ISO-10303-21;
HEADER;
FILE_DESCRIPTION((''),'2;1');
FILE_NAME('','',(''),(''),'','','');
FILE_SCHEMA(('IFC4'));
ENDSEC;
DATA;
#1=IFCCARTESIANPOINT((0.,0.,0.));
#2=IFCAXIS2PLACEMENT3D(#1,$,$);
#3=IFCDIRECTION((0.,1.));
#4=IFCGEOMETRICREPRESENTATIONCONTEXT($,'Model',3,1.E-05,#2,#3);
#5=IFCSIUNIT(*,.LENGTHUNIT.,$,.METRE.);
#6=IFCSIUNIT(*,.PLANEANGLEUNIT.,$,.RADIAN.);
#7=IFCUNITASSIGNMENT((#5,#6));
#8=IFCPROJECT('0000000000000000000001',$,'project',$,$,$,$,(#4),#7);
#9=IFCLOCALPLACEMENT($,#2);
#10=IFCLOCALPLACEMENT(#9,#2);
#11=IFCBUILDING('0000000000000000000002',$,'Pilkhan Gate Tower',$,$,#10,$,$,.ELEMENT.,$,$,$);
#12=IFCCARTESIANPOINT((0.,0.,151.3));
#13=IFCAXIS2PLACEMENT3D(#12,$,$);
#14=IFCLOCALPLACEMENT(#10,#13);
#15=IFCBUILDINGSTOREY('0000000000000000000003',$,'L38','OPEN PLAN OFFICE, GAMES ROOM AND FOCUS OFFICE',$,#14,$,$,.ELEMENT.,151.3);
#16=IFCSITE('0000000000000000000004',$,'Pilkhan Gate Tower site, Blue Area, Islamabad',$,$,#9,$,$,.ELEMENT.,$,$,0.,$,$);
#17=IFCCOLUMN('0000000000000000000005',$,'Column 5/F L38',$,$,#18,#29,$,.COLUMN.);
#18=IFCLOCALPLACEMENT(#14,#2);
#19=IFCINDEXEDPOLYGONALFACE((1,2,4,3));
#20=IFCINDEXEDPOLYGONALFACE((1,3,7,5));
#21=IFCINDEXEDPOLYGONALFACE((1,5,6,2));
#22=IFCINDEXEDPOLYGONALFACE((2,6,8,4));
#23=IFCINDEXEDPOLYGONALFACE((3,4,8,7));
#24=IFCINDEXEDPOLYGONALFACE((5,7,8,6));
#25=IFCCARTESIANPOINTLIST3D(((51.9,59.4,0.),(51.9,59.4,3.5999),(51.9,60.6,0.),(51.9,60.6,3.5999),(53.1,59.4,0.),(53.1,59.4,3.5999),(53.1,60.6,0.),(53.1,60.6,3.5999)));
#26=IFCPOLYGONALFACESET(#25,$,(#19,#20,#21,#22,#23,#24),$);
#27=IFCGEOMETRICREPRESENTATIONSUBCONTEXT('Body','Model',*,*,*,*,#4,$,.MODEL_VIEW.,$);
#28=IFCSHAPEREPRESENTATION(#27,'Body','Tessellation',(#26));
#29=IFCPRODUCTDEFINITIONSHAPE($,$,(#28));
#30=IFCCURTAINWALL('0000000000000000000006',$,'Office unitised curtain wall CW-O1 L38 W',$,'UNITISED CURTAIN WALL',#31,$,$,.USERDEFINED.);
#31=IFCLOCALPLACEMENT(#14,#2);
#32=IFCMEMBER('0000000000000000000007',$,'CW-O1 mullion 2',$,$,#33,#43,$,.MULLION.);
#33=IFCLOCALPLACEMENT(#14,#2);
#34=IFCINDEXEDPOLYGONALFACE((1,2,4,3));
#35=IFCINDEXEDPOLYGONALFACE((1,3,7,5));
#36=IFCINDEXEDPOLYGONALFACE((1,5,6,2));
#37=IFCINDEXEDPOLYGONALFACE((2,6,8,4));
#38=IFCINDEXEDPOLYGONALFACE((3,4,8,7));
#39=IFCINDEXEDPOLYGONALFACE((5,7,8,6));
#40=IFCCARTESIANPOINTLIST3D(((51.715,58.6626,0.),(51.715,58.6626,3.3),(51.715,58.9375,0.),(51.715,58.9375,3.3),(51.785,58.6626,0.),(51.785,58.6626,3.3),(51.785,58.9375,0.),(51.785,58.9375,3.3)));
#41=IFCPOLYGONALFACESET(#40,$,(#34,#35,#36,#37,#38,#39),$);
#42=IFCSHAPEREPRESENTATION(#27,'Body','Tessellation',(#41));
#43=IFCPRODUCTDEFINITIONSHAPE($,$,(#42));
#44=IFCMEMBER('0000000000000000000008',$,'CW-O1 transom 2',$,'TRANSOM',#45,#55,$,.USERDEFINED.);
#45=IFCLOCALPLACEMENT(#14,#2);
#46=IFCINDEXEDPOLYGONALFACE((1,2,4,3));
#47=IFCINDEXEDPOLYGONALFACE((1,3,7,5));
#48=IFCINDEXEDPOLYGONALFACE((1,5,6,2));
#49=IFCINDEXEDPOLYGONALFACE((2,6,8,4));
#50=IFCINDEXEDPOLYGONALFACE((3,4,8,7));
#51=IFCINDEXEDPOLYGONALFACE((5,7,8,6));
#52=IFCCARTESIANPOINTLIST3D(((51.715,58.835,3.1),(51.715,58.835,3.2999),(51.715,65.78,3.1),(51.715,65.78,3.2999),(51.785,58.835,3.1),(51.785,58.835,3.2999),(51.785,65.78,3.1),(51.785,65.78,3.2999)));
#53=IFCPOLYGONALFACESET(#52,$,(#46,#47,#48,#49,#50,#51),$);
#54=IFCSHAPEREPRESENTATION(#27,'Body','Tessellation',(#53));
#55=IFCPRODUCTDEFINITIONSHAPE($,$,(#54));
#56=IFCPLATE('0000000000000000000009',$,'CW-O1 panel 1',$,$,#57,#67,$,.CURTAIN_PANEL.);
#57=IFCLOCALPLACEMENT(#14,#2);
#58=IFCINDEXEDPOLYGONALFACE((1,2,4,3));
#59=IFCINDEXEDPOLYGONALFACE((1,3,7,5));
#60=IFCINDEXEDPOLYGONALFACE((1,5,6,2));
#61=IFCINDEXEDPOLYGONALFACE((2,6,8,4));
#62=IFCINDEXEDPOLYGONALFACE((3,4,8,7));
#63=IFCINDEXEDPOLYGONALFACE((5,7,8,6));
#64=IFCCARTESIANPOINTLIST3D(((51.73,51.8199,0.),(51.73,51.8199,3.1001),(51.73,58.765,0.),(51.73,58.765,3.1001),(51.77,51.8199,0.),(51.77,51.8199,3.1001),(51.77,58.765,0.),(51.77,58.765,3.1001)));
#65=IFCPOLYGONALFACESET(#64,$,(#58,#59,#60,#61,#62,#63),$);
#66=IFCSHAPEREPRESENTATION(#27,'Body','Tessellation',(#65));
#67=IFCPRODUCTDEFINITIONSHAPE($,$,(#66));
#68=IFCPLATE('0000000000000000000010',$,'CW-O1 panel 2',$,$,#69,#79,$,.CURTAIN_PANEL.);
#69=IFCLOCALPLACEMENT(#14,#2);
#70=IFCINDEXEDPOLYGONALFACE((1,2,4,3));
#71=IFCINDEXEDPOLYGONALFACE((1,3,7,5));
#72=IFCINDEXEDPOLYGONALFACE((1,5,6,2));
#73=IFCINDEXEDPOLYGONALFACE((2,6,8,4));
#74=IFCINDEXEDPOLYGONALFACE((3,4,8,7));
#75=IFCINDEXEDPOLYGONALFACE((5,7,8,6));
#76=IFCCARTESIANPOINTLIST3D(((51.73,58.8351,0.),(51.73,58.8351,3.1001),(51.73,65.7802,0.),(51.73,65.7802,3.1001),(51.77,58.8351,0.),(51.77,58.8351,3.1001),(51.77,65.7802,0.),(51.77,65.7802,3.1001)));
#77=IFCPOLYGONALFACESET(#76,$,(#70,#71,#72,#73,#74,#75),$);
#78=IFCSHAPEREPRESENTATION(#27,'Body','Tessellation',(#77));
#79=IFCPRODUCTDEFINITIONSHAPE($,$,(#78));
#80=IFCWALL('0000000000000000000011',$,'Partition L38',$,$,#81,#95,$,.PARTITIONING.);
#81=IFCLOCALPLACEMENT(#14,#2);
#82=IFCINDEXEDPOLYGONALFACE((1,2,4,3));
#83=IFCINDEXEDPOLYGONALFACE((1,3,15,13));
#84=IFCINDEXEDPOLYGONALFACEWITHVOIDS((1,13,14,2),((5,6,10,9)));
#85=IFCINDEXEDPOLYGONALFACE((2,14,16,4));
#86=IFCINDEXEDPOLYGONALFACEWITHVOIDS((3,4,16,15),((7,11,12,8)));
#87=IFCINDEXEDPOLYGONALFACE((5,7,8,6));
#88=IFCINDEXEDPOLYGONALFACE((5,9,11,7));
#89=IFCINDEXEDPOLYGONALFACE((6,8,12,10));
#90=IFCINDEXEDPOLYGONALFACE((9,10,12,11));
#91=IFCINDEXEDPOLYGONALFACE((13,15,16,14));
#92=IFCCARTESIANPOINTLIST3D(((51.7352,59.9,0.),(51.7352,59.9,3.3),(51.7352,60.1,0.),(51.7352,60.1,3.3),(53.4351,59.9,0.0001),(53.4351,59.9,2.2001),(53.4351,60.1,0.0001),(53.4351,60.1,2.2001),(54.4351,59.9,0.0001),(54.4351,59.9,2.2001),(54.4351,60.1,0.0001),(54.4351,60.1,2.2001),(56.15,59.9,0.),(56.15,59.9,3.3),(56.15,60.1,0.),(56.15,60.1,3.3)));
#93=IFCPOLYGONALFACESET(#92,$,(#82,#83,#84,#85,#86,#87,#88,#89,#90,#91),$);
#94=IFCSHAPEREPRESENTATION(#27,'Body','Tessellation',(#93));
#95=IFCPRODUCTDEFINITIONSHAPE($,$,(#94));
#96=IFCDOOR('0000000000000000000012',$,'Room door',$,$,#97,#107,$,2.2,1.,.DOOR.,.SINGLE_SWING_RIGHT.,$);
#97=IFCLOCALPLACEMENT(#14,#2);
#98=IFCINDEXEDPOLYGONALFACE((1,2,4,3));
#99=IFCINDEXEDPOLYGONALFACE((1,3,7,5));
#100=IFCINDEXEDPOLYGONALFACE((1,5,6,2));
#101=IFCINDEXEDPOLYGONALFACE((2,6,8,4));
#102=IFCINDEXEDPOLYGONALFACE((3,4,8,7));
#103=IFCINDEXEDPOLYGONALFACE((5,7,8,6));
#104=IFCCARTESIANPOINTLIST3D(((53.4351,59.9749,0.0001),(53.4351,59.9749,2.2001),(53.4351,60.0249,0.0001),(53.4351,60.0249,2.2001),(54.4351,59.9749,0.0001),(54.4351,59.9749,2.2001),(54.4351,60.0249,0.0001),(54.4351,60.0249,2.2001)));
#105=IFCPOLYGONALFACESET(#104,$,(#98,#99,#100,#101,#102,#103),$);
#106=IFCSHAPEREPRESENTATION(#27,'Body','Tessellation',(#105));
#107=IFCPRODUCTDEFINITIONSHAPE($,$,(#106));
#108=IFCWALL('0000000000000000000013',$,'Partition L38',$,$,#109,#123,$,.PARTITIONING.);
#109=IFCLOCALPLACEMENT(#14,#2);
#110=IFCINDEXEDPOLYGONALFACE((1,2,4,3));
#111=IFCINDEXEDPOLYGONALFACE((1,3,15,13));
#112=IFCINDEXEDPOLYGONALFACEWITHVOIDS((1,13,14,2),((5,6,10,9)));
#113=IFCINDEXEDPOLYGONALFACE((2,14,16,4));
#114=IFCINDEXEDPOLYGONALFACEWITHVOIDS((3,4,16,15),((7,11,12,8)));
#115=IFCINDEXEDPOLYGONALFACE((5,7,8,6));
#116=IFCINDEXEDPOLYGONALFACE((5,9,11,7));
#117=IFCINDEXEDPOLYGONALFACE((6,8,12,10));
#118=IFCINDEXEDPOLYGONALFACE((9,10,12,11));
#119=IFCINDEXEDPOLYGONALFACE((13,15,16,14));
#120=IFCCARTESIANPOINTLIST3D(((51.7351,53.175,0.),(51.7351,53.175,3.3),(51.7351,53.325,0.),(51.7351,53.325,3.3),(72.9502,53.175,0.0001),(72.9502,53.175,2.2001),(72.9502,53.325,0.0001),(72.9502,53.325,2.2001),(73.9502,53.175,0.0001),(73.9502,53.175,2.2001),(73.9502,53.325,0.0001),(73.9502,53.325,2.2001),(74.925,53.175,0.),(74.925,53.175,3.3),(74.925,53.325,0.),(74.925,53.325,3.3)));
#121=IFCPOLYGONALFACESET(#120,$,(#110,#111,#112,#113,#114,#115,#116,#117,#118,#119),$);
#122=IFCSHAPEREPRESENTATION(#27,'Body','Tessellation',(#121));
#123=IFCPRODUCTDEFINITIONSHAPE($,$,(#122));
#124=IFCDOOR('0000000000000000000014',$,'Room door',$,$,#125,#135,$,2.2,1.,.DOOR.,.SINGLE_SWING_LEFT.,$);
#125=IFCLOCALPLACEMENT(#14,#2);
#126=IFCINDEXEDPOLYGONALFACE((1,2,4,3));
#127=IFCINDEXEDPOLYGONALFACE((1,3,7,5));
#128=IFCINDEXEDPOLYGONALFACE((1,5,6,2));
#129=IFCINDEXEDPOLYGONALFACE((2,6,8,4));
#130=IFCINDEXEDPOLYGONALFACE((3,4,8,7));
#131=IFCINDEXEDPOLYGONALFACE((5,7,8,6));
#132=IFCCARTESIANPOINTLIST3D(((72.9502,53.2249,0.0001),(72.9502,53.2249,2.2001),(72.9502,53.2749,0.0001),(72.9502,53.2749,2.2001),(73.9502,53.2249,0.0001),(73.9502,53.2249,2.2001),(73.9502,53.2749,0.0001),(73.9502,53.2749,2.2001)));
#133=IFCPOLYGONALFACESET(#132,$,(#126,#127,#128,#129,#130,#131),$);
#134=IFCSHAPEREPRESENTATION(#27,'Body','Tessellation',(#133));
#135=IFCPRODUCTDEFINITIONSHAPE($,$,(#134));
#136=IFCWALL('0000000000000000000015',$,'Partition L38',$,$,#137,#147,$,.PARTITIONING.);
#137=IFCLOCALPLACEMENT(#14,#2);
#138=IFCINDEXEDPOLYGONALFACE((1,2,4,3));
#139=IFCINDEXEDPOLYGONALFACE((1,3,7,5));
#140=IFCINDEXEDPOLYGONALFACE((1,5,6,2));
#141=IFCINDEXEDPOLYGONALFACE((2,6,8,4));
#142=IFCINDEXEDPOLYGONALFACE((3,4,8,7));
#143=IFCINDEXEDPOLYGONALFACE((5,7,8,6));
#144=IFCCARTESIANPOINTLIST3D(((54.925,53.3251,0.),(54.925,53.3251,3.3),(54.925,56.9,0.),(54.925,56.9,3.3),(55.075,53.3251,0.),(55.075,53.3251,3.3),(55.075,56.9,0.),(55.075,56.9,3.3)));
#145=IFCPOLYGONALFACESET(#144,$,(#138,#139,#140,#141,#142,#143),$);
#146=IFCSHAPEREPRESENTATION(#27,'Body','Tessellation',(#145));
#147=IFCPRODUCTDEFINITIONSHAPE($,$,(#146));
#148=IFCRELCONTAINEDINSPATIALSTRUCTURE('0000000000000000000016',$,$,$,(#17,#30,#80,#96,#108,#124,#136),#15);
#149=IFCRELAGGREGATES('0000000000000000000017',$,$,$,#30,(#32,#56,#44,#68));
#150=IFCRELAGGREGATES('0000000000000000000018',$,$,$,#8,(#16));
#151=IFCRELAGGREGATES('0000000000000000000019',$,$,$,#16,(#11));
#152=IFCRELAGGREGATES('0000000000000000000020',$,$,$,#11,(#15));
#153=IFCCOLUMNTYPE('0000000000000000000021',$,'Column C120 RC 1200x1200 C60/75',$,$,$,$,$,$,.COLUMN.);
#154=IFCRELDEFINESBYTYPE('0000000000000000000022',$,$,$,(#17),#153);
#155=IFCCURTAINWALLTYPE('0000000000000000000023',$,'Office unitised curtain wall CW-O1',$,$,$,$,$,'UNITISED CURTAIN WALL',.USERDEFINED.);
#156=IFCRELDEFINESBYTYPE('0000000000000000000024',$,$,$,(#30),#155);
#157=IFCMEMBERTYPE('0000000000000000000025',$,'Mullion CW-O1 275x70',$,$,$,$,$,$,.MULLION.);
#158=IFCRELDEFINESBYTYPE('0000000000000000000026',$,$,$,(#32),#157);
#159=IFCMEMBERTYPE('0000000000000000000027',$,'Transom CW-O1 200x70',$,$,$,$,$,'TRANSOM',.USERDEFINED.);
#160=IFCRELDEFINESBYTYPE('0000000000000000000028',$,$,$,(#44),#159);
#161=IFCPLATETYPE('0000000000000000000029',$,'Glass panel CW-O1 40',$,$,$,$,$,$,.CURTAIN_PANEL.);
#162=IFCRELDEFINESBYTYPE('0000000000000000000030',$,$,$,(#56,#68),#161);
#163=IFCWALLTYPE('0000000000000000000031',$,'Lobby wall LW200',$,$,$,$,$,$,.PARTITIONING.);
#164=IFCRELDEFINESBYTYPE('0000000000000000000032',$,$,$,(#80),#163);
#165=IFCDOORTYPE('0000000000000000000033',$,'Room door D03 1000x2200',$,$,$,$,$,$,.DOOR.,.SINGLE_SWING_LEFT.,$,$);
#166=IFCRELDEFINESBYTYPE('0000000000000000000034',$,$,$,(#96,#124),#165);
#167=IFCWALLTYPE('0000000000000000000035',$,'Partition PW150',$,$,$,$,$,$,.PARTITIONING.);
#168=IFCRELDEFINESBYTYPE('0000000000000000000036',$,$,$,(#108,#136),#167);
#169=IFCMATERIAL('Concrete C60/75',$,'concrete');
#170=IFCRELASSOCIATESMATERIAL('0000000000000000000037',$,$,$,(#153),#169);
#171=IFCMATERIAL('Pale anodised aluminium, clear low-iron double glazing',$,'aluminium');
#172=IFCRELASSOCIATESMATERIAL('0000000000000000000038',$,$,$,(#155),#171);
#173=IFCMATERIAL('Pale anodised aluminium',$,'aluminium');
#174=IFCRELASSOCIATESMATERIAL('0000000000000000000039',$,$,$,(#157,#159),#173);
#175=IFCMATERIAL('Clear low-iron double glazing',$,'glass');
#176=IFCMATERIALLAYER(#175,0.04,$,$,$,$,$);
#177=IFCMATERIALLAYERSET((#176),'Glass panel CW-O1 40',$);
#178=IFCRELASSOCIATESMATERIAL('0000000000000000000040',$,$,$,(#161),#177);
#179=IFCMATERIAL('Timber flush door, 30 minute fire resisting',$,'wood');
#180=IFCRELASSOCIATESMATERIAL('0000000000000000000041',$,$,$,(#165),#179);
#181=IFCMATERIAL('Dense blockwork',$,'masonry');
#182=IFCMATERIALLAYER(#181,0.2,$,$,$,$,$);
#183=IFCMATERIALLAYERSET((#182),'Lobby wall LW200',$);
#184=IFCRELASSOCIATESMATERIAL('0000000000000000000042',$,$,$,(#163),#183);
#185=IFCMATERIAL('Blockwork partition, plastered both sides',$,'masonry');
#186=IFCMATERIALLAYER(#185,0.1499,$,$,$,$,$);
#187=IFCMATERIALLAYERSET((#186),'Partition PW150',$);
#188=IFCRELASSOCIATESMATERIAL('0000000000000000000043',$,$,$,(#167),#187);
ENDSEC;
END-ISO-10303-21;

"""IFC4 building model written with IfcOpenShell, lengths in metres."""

from ifc_helpers import new_model, si_unit, direction, frame, frame_2d, origin, origin_2d, place, context, subcontext, project, spatial, rectangle, extrude, material, layer, layer_set, material_profile, profile_set, type_object, element, fill, aggregate, save


model = new_model("IFC4")

# Units and contexts
model_context = context("Model", 3, precision=1e-05, world=origin(), true_north=direction((0.0, 1.0)))
body_context = subcontext(model_context, "Body", "Model", "MODEL_VIEW")
ifc_project = project(units=[si_unit("LENGTHUNIT", "METRE"), si_unit("PLANEANGLEUNIT", "RADIAN")], contexts=[model_context])

# Site, building, storey
site_placement = place(None, origin())
site = spatial("IfcSite", under=ifc_project, at=site_placement, Name="Pilkhan Gate Tower site, Blue Area, Islamabad", CompositionType="ELEMENT", RefElevation=0.0)
building_placement = place(site_placement, origin())
building = spatial("IfcBuilding", under=site, at=building_placement, Name="Pilkhan Gate Tower", CompositionType="ELEMENT")
storey_placement = place(building_placement, frame((0.0, 0.0, 151.3)))
storey = spatial("IfcBuildingStorey", under=building, at=storey_placement, Name="L38", Description="OPEN PLAN OFFICE, GAMES ROOM AND FOCUS OFFICE", CompositionType="ELEMENT", Elevation=151.3)

# Column
ifc_material_1 = material(Name="Concrete C60/75", Category="concrete")
ifc_material_profile_1 = material_profile(ifc_material_1, rectangle(XDim=1.2, YDim=1.2, at=origin_2d()), Name="RC 1200x1200")
ifc_profile_set_1 = profile_set([ifc_material_profile_1], Name="Concrete C60/75")
column_type = type_object("IfcColumnType", Name="Column C120 RC 1200x1200 C60/75", PredefinedType="COLUMN", material=ifc_profile_set_1)
column_placement = place(storey_placement, frame((52.5, 60.0, 0.0), z_axis=(0.0, 0.0, 1.0), x_axis=(1.0, 0.0, 0.0)))
element("IfcColumn", 1, at=column_placement, inside=storey, type_object=column_type, Name="Column 5/F L38", PredefinedType="COLUMN", context=body_context, shape_type="SweptSolid", body=[
    extrude(rectangle(XDim=1.2, YDim=1.2, at=origin_2d()), origin(), (0.0, 0.0, 1.0), 3.5999),
])

# Curtain wall, members, plates
ifc_material_2 = material(Name="Pale anodised aluminium, clear low-iron double glazing", Category="aluminium")
curtain_wall_type = type_object("IfcCurtainWallType", Name="Office unitised curtain wall CW-O1", ElementType="UNITISED CURTAIN WALL", PredefinedType="USERDEFINED", material=ifc_material_2)
curtain_wall_placement = place(storey_placement, origin())
curtain_wall = element("IfcCurtainWall", 2, at=curtain_wall_placement, inside=storey, type_object=curtain_wall_type, Name="Office unitised curtain wall CW-O1 L38 W", ObjectType="UNITISED CURTAIN WALL", PredefinedType="USERDEFINED")
ifc_material_3 = material(Name="Pale anodised aluminium", Category="aluminium")
ifc_material_profile_2 = material_profile(ifc_material_3, rectangle(XDim=0.0701, YDim=0.2749, at=origin_2d()), Name="Mullion 275x70")
ifc_profile_set_2 = profile_set([ifc_material_profile_2], Name="Pale anodised aluminium")
member_type_1 = type_object("IfcMemberType", Name="Mullion CW-O1 275x70", PredefinedType="MULLION", material=ifc_profile_set_2)
member_1_placement = place(storey_placement, frame((51.75, 58.8, 0.0), z_axis=(0.0, 0.0, 1.0), x_axis=(-1.0, 0.0, 0.0)))
member_1 = element("IfcMember", 3, at=member_1_placement, type_object=member_type_1, Name="CW-O1 mullion 2", PredefinedType="MULLION", context=body_context, shape_type="SweptSolid", body=[
    extrude(rectangle(XDim=0.0701, YDim=0.2749, at=origin_2d()), origin(), (0.0, 0.0, 1.0), 3.3),
])
ifc_material_profile_3 = material_profile(ifc_material_3, rectangle(XDim=0.0701, YDim=0.2, at=origin_2d()), Name="Transom 200x70")
ifc_profile_set_3 = profile_set([ifc_material_profile_3], Name="Pale anodised aluminium")
member_type_2 = type_object("IfcMemberType", Name="Transom CW-O1 200x70", ElementType="TRANSOM", PredefinedType="USERDEFINED", material=ifc_profile_set_3)
member_2_placement = place(storey_placement, frame((51.75, 58.835, 3.2), z_axis=(0.0, 1.0, 0.0), x_axis=(-1.0, 0.0, 0.0)))
member_2 = element("IfcMember", 4, at=member_2_placement, type_object=member_type_2, Name="CW-O1 transom 2", ObjectType="TRANSOM", PredefinedType="USERDEFINED", context=body_context, shape_type="SweptSolid", body=[
    extrude(rectangle(XDim=0.0701, YDim=0.2, at=origin_2d()), origin(), (0.0, 0.0, 1.0), 6.9451),
])
ifc_material_4 = material(Name="Clear low-iron double glazing", Category="glass")
ifc_layer_1 = layer(ifc_material_4, 0.04)
ifc_layer_set_1 = layer_set([ifc_layer_1], Name="Glass panel CW-O1 40")
plate_type = type_object("IfcPlateType", Name="Glass panel CW-O1 40", PredefinedType="CURTAIN_PANEL", material=ifc_layer_set_1)
plate_1_placement = place(storey_placement, frame((51.75, 55.2925, 0.0), z_axis=(0.0, 0.0, 1.0), x_axis=(0.0, 1.0, 0.0)))
plate_1 = element("IfcPlate", 5, at=plate_1_placement, type_object=plate_type, Name="CW-O1 panel 1", PredefinedType="CURTAIN_PANEL", context=body_context, shape_type="SweptSolid", body=[
    extrude(rectangle(XDim=6.9451, YDim=0.04, at=origin_2d()), origin(), (0.0, 0.0, 1.0), 3.1001),
])
plate_2_placement = place(storey_placement, frame((51.75, 62.3076, 0.0), z_axis=(0.0, 0.0, 1.0), x_axis=(0.0, 1.0, 0.0)))
plate_2 = element("IfcPlate", 6, at=plate_2_placement, type_object=plate_type, Name="CW-O1 panel 2", PredefinedType="CURTAIN_PANEL", context=body_context, shape_type="SweptSolid", body=[
    extrude(rectangle(XDim=6.9451, YDim=0.04, at=origin_2d()), origin(), (0.0, 0.0, 1.0), 3.1001),
])
aggregate(curtain_wall, [member_1, plate_1, member_2, plate_2])

# Shared definitions
ifc_material_5 = material(Name="Dense blockwork", Category="masonry")
ifc_material_6 = material(Name="Timber flush door, 30 minute fire resisting", Category="wood")
door_type_1 = type_object("IfcDoorType", Name="Room door D03 1000x2200", OperationType="SINGLE_SWING_LEFT", PredefinedType="DOOR", material=ifc_material_6)

# Walls, openings, doors
ifc_layer_2 = layer(ifc_material_5, 0.2)
ifc_layer_set_2 = layer_set([ifc_layer_2], Name="Lobby wall LW200")
wall_type_1 = type_object("IfcWallType", Name="Lobby wall LW200", PredefinedType="PARTITIONING", material=ifc_layer_set_2)
wall_1_placement = place(storey_placement, frame((51.7351, 60.0, 0.0), z_axis=(0.0, 0.0, 1.0), x_axis=(1.0, 0.0, 0.0)))
wall_1 = element("IfcWall", 7, at=wall_1_placement, inside=storey, type_object=wall_type_1, Name="Partition L38", PredefinedType="PARTITIONING", context=body_context, shape_type="SweptSolid", body=[
    extrude(rectangle(XDim=4.4148, YDim=0.2, at=frame_2d((2.2075, 0.0))), origin(), (0.0, 0.0, 1.0), 3.3),
])
opening_1_placement = place(wall_1_placement, frame((1.7, 0.0, 0.0)))
opening_1 = element("IfcOpeningElement", 8, at=opening_1_placement, cuts=wall_1, PredefinedType="OPENING", context=body_context, shape_type="SweptSolid", body=[
    extrude(rectangle(XDim=1.0, YDim=2.2, at=frame_2d((0.5, 1.1001))), frame((0.0, 0.1099, 0.0), z_axis=(0.0, -1.0, 0.0), x_axis=(1.0, 0.0, 0.0)), (0.0, 0.0, 1.0), 0.22),
])
door_1_placement = place(opening_1_placement, origin())
door_1 = element("IfcDoor", 9, at=door_1_placement, inside=storey, type_object=door_type_1, Name="Room door", OperationType="SINGLE_SWING_RIGHT", OverallHeight=2.2, OverallWidth=1.0, PredefinedType="DOOR", context=body_context, shape_type="SweptSolid", body=[
    extrude(rectangle(XDim=1.0, YDim=2.2, at=frame_2d((0.5, 1.1001))), frame((0.0, 0.0249, 0.0), z_axis=(0.0, -1.0, 0.0), x_axis=(1.0, 0.0, 0.0)), (0.0, 0.0, 1.0), 0.05),
])
fill(opening_1, door_1)
ifc_material_7 = material(Name="Blockwork partition, plastered both sides", Category="masonry")
ifc_layer_3 = layer(ifc_material_7, 0.1499)
ifc_layer_set_3 = layer_set([ifc_layer_3], Name="Partition PW150")
wall_type_2 = type_object("IfcWallType", Name="Partition PW150", PredefinedType="PARTITIONING", material=ifc_layer_set_3)
wall_2_placement = place(storey_placement, frame((51.7351, 53.25, 0.0), z_axis=(0.0, 0.0, 1.0), x_axis=(1.0, 0.0, 0.0)))
wall_2 = element("IfcWall", 10, at=wall_2_placement, inside=storey, type_object=wall_type_2, Name="Partition L38", PredefinedType="PARTITIONING", context=body_context, shape_type="SweptSolid", body=[
    extrude(rectangle(XDim=23.1899, YDim=0.1499, at=frame_2d((11.595, 0.0))), origin(), (0.0, 0.0, 1.0), 3.3),
])
opening_2_placement = place(wall_2_placement, frame((21.2151, 0.0, 0.0)))
opening_2 = element("IfcOpeningElement", 11, at=opening_2_placement, cuts=wall_2, PredefinedType="OPENING", context=body_context, shape_type="SweptSolid", body=[
    extrude(rectangle(XDim=1.0, YDim=2.2, at=frame_2d((0.5, 1.1001))), frame((0.0, 0.085, 0.0), z_axis=(0.0, -1.0, 0.0), x_axis=(1.0, 0.0, 0.0)), (0.0, 0.0, 1.0), 0.1699),
])
door_2_placement = place(opening_2_placement, origin())
door_2 = element("IfcDoor", 12, at=door_2_placement, inside=storey, type_object=door_type_1, Name="Room door", OperationType="SINGLE_SWING_LEFT", OverallHeight=2.2, OverallWidth=1.0, PredefinedType="DOOR", context=body_context, shape_type="SweptSolid", body=[
    extrude(rectangle(XDim=1.0, YDim=2.2, at=frame_2d((0.5, 1.1001))), frame((0.0, 0.0249, 0.0), z_axis=(0.0, -1.0, 0.0), x_axis=(1.0, 0.0, 0.0)), (0.0, 0.0, 1.0), 0.05),
])
fill(opening_2, door_2)

# Wall
wall_3_placement = place(storey_placement, frame((55.0, 53.325, 0.0), z_axis=(0.0, 0.0, 1.0), x_axis=(0.0, 1.0, 0.0)))
element("IfcWall", 13, at=wall_3_placement, inside=storey, type_object=wall_type_2, Name="Partition L38", PredefinedType="PARTITIONING", context=body_context, shape_type="SweptSolid", body=[
    extrude(rectangle(XDim=3.575, YDim=0.1499, at=frame_2d((1.7876, 0.0))), origin(), (0.0, 0.0, 1.0), 3.3),
])

save(model, "model.ifc")
